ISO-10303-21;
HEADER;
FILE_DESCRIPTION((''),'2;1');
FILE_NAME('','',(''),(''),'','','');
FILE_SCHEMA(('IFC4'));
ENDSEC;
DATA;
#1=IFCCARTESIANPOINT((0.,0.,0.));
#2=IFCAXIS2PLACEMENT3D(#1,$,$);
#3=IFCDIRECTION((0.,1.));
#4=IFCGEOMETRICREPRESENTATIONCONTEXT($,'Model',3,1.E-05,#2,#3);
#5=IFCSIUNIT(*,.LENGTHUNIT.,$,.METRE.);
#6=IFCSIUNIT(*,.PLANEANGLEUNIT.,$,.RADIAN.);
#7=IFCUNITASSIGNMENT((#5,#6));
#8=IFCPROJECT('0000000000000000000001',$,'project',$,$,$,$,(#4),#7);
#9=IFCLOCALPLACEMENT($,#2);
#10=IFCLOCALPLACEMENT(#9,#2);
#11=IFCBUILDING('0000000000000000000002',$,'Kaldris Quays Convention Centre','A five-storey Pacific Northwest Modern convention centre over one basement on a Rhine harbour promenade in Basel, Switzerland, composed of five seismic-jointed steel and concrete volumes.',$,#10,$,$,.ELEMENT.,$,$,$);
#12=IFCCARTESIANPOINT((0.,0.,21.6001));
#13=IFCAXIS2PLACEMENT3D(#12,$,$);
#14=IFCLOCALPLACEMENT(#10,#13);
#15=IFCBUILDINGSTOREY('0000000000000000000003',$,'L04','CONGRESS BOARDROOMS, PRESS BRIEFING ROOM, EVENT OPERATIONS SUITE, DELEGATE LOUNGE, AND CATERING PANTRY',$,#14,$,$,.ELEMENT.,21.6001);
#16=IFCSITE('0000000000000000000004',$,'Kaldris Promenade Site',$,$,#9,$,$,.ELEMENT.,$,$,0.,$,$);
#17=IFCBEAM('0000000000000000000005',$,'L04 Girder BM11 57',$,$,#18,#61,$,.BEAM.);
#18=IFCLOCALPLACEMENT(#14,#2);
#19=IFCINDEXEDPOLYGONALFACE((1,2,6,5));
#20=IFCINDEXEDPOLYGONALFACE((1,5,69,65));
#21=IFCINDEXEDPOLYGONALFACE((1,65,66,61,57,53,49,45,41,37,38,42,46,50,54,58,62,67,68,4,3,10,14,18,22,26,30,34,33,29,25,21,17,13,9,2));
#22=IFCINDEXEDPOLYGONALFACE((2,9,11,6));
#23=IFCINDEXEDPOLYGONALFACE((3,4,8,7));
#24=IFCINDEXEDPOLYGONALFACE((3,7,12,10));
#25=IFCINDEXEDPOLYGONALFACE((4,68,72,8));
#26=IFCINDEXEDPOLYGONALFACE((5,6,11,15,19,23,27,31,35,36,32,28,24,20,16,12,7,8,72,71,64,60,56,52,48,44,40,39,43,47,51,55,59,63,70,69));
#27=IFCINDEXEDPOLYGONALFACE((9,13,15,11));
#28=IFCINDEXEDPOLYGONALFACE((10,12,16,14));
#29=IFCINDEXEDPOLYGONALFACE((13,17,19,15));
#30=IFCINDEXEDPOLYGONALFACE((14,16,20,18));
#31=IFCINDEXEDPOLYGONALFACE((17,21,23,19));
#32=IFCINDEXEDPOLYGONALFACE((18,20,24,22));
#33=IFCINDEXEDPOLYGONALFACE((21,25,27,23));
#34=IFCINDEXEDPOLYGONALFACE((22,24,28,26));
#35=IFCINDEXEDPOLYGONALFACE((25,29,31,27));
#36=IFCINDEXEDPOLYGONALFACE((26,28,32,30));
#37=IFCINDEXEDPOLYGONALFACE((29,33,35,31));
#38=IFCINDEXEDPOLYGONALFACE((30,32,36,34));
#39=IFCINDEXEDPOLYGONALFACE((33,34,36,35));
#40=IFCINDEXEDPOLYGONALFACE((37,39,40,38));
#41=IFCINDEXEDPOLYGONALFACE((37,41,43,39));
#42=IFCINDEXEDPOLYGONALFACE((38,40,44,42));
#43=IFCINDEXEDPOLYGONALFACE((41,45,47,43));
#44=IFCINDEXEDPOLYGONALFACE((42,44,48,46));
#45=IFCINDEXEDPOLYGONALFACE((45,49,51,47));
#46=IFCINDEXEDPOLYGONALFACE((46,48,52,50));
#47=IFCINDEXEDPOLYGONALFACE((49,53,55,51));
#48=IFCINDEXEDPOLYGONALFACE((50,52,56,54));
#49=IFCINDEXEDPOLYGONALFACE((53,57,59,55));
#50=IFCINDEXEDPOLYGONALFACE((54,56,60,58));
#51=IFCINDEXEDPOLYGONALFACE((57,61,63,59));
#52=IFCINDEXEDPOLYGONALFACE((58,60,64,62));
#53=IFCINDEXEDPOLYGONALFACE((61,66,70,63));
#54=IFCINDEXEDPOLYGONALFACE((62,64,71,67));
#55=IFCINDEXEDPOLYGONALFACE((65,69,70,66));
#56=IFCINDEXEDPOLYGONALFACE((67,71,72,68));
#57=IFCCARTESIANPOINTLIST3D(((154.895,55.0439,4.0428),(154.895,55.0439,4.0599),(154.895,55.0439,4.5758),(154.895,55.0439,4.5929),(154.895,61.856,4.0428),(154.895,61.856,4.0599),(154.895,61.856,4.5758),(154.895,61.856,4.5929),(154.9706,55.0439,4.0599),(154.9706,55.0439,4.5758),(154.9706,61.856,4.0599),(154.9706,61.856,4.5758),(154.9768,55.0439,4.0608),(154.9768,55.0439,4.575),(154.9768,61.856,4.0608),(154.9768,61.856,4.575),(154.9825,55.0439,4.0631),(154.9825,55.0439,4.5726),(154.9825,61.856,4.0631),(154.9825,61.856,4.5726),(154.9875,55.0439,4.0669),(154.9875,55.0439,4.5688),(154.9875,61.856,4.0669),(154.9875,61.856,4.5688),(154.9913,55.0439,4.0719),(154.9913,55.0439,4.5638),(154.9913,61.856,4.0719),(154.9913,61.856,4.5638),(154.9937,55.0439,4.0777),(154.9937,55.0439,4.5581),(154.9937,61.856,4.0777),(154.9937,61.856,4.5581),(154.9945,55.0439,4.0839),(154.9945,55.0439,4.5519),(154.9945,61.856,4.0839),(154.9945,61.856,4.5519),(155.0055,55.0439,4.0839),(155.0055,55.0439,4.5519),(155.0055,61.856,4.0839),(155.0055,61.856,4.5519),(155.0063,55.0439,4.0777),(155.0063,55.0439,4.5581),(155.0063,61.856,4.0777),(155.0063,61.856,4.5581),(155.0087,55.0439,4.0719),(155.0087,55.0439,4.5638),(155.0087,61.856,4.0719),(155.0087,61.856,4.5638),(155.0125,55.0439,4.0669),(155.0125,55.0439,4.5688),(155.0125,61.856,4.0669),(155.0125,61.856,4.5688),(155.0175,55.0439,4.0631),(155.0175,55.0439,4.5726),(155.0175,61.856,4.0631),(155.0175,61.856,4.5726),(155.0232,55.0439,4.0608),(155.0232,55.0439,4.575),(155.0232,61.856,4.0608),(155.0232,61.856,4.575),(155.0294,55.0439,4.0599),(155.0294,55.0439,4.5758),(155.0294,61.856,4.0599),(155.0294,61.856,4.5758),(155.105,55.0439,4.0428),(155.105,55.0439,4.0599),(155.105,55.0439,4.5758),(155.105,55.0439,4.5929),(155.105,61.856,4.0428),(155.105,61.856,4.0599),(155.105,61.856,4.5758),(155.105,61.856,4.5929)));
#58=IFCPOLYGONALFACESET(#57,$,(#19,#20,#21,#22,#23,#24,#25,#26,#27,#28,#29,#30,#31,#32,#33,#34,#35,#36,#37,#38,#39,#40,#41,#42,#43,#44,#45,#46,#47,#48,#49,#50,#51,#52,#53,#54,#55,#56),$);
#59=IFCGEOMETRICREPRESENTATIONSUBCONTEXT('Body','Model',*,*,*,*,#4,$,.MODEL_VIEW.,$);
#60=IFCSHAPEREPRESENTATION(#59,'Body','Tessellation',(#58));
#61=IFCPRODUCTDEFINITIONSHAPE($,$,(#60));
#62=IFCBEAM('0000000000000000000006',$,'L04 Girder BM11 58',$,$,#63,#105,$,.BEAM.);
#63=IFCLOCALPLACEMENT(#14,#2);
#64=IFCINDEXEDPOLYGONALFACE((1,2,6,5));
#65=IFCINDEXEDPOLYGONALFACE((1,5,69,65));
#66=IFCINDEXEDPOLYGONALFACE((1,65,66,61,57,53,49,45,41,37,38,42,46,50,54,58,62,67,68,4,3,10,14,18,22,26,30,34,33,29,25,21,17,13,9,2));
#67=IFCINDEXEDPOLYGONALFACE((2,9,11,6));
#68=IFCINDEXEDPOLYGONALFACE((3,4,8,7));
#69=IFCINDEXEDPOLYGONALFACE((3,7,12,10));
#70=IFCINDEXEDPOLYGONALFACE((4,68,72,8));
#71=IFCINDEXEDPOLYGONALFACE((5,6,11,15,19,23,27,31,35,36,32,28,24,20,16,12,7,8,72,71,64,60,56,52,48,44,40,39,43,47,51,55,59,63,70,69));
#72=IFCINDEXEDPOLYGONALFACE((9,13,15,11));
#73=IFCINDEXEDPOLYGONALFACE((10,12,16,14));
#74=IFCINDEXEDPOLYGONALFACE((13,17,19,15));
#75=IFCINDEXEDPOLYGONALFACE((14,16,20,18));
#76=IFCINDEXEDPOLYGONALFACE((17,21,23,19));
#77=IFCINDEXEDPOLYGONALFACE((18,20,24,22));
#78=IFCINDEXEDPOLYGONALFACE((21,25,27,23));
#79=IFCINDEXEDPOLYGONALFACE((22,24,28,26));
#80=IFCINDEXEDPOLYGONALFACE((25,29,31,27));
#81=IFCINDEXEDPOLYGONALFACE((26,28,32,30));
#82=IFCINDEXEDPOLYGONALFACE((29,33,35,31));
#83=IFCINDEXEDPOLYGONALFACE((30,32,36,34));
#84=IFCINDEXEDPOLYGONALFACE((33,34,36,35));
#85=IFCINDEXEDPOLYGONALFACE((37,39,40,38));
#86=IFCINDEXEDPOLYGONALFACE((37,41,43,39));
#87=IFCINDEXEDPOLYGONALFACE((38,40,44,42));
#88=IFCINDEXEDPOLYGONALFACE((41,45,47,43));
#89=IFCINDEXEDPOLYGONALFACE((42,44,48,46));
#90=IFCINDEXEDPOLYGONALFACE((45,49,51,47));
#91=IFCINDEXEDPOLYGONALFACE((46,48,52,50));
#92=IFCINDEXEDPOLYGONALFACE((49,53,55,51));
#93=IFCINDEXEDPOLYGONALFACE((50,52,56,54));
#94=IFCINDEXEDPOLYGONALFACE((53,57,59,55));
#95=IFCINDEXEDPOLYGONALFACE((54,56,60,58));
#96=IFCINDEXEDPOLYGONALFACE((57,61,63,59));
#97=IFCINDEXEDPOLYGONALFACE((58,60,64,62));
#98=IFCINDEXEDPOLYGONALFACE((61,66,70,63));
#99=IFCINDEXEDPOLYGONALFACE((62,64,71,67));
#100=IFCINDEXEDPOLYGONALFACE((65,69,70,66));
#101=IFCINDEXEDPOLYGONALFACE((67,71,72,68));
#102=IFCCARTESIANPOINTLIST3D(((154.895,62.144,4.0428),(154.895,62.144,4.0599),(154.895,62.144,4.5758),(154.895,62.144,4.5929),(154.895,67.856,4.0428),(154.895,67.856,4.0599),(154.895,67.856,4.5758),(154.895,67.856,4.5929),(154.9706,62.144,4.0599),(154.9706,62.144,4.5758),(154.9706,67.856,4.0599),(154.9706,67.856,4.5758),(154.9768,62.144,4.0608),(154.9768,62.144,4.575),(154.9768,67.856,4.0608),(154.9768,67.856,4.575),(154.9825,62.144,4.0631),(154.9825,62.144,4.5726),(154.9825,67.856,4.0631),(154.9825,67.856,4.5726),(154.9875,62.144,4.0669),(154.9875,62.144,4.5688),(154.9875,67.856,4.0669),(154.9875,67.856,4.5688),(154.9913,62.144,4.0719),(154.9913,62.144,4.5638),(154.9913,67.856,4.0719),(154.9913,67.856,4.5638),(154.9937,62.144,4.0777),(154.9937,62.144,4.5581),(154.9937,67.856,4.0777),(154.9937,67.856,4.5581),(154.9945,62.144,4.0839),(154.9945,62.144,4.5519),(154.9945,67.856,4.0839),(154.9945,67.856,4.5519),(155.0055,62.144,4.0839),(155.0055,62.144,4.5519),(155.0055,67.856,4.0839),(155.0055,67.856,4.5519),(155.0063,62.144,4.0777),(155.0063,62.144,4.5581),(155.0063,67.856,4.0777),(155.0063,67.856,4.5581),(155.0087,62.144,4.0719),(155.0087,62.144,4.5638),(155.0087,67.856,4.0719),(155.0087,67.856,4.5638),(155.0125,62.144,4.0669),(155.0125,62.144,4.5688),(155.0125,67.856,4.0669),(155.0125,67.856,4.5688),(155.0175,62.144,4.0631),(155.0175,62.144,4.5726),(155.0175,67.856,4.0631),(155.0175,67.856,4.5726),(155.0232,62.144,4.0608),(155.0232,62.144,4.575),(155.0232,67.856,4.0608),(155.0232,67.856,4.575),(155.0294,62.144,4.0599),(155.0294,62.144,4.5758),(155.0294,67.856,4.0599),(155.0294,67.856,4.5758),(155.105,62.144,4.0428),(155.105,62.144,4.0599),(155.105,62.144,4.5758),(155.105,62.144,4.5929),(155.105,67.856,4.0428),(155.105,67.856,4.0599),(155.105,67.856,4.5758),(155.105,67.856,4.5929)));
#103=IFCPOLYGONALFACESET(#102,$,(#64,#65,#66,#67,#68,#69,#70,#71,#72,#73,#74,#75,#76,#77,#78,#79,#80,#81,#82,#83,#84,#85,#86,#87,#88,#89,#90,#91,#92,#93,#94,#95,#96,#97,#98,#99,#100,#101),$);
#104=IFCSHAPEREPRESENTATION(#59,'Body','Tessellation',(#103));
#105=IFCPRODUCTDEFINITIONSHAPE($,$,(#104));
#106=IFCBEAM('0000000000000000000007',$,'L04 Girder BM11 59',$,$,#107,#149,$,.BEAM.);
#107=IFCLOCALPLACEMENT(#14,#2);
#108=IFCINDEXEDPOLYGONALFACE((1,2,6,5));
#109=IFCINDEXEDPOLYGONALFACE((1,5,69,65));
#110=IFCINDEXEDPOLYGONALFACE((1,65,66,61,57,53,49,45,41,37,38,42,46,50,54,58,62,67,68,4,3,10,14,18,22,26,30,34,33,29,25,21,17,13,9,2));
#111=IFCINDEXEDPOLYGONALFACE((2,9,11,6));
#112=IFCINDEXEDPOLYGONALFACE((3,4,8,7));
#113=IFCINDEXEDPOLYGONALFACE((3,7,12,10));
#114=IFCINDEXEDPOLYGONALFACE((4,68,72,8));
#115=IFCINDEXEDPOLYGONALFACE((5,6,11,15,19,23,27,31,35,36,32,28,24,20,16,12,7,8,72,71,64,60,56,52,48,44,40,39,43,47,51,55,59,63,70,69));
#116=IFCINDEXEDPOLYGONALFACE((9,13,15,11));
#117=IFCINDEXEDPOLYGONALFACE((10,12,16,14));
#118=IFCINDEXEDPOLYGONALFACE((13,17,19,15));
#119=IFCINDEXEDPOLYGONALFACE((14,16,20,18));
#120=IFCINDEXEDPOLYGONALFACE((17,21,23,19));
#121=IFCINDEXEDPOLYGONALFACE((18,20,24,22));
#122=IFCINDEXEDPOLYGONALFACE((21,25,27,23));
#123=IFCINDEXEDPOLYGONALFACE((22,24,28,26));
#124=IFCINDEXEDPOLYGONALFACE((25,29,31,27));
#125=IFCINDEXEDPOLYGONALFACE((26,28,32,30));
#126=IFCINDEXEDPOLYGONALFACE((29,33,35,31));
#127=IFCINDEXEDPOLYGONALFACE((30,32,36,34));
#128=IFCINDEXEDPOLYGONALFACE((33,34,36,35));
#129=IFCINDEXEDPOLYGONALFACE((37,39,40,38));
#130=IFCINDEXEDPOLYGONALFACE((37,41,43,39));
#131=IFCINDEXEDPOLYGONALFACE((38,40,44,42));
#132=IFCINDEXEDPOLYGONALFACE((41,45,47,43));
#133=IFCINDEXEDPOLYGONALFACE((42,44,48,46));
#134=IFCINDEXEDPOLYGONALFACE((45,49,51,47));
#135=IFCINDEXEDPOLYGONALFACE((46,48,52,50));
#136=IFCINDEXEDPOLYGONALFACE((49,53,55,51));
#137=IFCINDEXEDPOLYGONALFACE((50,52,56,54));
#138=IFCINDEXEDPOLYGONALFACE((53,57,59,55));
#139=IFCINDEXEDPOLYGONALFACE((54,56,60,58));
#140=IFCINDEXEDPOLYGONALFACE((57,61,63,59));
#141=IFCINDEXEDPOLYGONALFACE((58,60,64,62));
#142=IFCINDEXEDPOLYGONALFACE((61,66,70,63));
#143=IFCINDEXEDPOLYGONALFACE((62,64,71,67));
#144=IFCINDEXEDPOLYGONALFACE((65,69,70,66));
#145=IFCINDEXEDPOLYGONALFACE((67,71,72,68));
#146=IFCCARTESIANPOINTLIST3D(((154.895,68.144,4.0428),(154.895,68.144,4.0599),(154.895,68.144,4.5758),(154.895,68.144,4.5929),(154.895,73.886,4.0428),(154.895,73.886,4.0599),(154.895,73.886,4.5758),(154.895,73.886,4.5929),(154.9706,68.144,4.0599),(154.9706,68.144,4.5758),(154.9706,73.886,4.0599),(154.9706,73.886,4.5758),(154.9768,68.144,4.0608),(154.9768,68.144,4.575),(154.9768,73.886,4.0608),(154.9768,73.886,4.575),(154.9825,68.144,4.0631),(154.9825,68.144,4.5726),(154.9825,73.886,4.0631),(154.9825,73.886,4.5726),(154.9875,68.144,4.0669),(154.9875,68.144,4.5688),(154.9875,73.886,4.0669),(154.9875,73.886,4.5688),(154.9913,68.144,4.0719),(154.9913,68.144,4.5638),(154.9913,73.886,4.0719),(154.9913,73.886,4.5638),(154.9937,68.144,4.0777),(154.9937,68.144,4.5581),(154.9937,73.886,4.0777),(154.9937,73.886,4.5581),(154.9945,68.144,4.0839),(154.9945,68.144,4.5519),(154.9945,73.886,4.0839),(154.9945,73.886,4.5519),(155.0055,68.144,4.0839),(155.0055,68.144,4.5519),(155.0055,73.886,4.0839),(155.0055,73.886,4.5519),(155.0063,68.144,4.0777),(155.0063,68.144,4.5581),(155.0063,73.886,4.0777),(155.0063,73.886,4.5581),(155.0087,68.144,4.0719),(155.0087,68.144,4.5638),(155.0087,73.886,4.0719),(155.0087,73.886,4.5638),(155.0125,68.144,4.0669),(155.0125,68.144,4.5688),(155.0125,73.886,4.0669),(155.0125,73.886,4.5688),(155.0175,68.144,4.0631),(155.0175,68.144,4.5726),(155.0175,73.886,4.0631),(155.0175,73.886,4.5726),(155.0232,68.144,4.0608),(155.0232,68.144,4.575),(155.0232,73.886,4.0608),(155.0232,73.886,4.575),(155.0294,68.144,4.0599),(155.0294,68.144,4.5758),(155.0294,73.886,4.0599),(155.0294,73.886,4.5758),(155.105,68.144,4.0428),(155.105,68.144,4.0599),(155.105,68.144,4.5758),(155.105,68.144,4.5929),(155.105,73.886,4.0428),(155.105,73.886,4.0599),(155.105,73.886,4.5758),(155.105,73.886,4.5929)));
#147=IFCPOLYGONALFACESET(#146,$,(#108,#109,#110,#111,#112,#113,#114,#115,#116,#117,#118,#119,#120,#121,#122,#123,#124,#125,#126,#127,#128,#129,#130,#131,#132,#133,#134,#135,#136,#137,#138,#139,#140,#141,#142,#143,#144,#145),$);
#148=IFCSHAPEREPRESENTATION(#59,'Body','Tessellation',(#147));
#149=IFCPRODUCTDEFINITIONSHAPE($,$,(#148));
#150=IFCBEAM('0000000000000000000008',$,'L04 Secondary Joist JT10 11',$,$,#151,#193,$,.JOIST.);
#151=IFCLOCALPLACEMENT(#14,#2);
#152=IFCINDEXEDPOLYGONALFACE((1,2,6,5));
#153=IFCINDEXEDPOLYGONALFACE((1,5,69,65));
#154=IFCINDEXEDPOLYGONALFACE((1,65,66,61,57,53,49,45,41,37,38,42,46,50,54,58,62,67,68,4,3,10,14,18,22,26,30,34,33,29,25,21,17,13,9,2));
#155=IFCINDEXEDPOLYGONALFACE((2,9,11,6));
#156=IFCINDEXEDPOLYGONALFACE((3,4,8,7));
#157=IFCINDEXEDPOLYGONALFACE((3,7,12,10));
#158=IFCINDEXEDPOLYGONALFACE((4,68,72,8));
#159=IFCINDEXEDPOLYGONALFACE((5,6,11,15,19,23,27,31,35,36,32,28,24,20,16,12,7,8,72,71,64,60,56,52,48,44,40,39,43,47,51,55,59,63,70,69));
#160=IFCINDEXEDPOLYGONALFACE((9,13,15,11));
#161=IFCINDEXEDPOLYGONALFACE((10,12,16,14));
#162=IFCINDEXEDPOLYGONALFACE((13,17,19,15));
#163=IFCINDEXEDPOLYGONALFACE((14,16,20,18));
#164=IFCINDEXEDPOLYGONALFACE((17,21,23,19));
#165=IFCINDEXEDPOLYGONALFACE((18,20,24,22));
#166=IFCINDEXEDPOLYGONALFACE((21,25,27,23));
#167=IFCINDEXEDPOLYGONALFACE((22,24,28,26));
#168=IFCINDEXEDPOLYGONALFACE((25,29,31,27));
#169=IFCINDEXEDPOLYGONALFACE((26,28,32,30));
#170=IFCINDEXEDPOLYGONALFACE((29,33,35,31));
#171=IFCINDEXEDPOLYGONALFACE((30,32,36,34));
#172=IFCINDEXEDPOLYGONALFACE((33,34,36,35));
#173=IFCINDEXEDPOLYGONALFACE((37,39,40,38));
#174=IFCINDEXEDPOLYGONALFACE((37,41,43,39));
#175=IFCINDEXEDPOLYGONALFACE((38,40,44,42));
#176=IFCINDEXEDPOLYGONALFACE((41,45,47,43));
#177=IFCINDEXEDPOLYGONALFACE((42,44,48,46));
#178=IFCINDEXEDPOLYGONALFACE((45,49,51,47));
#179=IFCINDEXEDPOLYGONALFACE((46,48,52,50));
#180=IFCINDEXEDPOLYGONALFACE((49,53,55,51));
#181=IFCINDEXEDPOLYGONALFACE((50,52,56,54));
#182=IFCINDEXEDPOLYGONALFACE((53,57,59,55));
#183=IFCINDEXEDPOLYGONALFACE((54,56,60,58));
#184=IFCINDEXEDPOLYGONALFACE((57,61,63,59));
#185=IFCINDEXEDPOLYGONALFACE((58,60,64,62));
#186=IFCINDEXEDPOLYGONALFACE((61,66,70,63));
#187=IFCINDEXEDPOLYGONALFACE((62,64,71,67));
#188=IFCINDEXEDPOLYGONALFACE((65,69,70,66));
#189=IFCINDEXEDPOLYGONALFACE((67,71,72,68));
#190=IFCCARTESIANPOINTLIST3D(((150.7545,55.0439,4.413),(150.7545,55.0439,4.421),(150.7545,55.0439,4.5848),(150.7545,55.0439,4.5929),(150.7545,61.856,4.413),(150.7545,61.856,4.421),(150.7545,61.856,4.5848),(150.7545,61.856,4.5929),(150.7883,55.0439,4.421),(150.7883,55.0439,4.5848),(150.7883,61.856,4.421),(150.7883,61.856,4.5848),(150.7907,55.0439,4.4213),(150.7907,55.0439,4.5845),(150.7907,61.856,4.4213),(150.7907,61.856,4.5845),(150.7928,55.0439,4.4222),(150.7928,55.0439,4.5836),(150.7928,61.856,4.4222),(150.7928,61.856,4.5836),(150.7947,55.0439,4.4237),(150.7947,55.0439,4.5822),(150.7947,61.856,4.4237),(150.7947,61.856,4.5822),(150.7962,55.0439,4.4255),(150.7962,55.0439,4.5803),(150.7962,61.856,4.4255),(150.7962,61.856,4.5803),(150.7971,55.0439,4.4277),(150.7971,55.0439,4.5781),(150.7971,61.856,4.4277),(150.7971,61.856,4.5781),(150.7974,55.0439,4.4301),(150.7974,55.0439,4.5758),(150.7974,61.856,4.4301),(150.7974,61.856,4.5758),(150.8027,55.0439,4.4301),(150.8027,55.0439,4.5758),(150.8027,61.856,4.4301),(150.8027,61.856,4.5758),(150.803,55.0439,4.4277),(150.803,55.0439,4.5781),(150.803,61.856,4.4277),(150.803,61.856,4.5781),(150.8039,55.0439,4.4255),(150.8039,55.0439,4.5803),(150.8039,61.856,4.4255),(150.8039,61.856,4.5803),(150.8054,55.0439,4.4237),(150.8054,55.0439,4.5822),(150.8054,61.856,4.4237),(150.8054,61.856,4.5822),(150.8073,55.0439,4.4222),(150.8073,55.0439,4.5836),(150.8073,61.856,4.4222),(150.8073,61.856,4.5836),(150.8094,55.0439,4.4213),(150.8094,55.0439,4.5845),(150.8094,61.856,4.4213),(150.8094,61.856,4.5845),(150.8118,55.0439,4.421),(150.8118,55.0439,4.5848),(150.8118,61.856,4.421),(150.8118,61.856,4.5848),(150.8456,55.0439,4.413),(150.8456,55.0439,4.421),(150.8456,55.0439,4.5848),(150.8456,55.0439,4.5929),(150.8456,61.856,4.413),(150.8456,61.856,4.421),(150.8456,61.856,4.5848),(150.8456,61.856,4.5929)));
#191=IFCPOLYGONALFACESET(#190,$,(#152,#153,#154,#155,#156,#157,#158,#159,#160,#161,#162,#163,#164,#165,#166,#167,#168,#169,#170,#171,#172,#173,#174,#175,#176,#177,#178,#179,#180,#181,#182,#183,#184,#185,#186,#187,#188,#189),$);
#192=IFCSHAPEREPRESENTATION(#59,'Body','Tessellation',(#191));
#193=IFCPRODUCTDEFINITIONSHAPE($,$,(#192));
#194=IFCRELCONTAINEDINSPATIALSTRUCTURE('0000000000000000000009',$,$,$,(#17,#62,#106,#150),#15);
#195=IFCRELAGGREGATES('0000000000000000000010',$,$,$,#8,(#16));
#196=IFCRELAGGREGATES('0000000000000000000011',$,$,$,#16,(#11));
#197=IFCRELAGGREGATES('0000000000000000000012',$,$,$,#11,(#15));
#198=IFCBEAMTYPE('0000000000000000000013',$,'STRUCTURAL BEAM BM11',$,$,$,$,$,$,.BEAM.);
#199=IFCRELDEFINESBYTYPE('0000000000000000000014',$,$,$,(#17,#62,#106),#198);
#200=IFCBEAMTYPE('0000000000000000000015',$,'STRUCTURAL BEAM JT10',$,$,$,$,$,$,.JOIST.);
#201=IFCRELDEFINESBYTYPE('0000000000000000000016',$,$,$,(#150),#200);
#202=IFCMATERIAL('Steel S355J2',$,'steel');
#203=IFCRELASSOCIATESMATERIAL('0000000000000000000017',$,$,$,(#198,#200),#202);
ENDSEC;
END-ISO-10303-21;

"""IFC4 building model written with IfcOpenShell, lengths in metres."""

from ifc_helpers import new_model, si_unit, direction, frame, origin, origin_2d, place, context, subcontext, project, spatial, i_section, extrude, material, material_profile, profile_set, type_object, element, save


model = new_model("IFC4")

# Units and contexts
model_context = context("Model", 3, precision=1e-05, world=origin(), true_north=direction((0.0, 1.0)))
body_context = subcontext(model_context, "Body", "Model", "MODEL_VIEW")
ifc_project = project(units=[si_unit("LENGTHUNIT", "METRE"), si_unit("PLANEANGLEUNIT", "RADIAN")], contexts=[model_context])

# Site, building, storey
site_placement = place(None, origin())
site = spatial("IfcSite", under=ifc_project, at=site_placement, Name="Kaldris Promenade Site", CompositionType="ELEMENT", RefElevation=0.0)
building_placement = place(site_placement, origin())
building = spatial("IfcBuilding", under=site, at=building_placement, Name="Kaldris Quays Convention Centre", Description="A five-storey Pacific Northwest Modern convention centre over one basement on a Rhine harbour promenade in Basel, Switzerland, composed of five seismic-jointed steel and concrete volumes.", CompositionType="ELEMENT")
storey_placement = place(building_placement, frame((0.0, 0.0, 21.6001)))
storey = spatial("IfcBuildingStorey", under=building, at=storey_placement, Name="L04", Description="CONGRESS BOARDROOMS, PRESS BRIEFING ROOM, EVENT OPERATIONS SUITE, DELEGATE LOUNGE, AND CATERING PANTRY", CompositionType="ELEMENT", Elevation=21.6001)

# Shared definitions
ifc_material_1 = material(Name="Steel S355J2", Category="steel")

# Beams
ifc_material_profile_1 = material_profile(ifc_material_1, i_section(OverallWidth=0.21, OverallDepth=0.55, WebThickness=0.011, FlangeThickness=0.0171, FilletRadius=0.0239, at=origin_2d()), Name="IPE 550")
ifc_profile_set_1 = profile_set([ifc_material_profile_1], Name="Steel S355J2")
beam_type_1 = type_object("IfcBeamType", Name="STRUCTURAL BEAM BM11", PredefinedType="BEAM", material=ifc_profile_set_1)
beam_1_placement = place(storey_placement, frame((155.0, 55.0439, 4.3179), z_axis=(0.0, 1.0, 0.0), x_axis=(-1.0, 0.0, 0.0)))
element("IfcBeam", 1, at=beam_1_placement, inside=storey, type_object=beam_type_1, Name="L04 Girder BM11 57", PredefinedType="BEAM", context=body_context, shape_type="SweptSolid", body=[
    extrude(i_section(OverallWidth=0.21, OverallDepth=0.55, WebThickness=0.011, FlangeThickness=0.0171, FilletRadius=0.0239, at=origin_2d()), origin(), (0.0, 0.0, 1.0), 6.812),
])
beam_2_placement = place(storey_placement, frame((155.0, 62.144, 4.3179), z_axis=(0.0, 1.0, 0.0), x_axis=(-1.0, 0.0, 0.0)))
element("IfcBeam", 2, at=beam_2_placement, inside=storey, type_object=beam_type_1, Name="L04 Girder BM11 58", PredefinedType="BEAM", context=body_context, shape_type="SweptSolid", body=[
    extrude(i_section(OverallWidth=0.21, OverallDepth=0.55, WebThickness=0.011, FlangeThickness=0.0171, FilletRadius=0.0239, at=origin_2d()), origin(), (0.0, 0.0, 1.0), 5.7119),
])
beam_3_placement = place(storey_placement, frame((155.0, 68.144, 4.3179), z_axis=(0.0, 1.0, 0.0), x_axis=(-1.0, 0.0, 0.0)))
element("IfcBeam", 3, at=beam_3_placement, inside=storey, type_object=beam_type_1, Name="L04 Girder BM11 59", PredefinedType="BEAM", context=body_context, shape_type="SweptSolid", body=[
    extrude(i_section(OverallWidth=0.21, OverallDepth=0.55, WebThickness=0.011, FlangeThickness=0.0171, FilletRadius=0.0239, at=origin_2d()), origin(), (0.0, 0.0, 1.0), 5.7419),
])
ifc_material_profile_2 = material_profile(ifc_material_1, i_section(OverallWidth=0.0911, OverallDepth=0.1799, WebThickness=0.0054, FlangeThickness=0.0081, FilletRadius=0.009, at=origin_2d()), Name="IPE 180")
ifc_profile_set_2 = profile_set([ifc_material_profile_2], Name="Steel S355J2")
beam_type_2 = type_object("IfcBeamType", Name="STRUCTURAL BEAM JT10", PredefinedType="JOIST", material=ifc_profile_set_2)
beam_4_placement = place(storey_placement, frame((150.8, 55.0439, 4.5029), z_axis=(0.0, 1.0, 0.0), x_axis=(-1.0, 0.0, 0.0)))
element("IfcBeam", 4, at=beam_4_placement, inside=storey, type_object=beam_type_2, Name="L04 Secondary Joist JT10 11", PredefinedType="JOIST", context=body_context, shape_type="SweptSolid", body=[
    extrude(i_section(OverallWidth=0.0911, OverallDepth=0.1799, WebThickness=0.0054, FlangeThickness=0.0081, FilletRadius=0.009, at=origin_2d()), origin(), (0.0, 0.0, 1.0), 6.812),
])

save(model, "model.ifc")
